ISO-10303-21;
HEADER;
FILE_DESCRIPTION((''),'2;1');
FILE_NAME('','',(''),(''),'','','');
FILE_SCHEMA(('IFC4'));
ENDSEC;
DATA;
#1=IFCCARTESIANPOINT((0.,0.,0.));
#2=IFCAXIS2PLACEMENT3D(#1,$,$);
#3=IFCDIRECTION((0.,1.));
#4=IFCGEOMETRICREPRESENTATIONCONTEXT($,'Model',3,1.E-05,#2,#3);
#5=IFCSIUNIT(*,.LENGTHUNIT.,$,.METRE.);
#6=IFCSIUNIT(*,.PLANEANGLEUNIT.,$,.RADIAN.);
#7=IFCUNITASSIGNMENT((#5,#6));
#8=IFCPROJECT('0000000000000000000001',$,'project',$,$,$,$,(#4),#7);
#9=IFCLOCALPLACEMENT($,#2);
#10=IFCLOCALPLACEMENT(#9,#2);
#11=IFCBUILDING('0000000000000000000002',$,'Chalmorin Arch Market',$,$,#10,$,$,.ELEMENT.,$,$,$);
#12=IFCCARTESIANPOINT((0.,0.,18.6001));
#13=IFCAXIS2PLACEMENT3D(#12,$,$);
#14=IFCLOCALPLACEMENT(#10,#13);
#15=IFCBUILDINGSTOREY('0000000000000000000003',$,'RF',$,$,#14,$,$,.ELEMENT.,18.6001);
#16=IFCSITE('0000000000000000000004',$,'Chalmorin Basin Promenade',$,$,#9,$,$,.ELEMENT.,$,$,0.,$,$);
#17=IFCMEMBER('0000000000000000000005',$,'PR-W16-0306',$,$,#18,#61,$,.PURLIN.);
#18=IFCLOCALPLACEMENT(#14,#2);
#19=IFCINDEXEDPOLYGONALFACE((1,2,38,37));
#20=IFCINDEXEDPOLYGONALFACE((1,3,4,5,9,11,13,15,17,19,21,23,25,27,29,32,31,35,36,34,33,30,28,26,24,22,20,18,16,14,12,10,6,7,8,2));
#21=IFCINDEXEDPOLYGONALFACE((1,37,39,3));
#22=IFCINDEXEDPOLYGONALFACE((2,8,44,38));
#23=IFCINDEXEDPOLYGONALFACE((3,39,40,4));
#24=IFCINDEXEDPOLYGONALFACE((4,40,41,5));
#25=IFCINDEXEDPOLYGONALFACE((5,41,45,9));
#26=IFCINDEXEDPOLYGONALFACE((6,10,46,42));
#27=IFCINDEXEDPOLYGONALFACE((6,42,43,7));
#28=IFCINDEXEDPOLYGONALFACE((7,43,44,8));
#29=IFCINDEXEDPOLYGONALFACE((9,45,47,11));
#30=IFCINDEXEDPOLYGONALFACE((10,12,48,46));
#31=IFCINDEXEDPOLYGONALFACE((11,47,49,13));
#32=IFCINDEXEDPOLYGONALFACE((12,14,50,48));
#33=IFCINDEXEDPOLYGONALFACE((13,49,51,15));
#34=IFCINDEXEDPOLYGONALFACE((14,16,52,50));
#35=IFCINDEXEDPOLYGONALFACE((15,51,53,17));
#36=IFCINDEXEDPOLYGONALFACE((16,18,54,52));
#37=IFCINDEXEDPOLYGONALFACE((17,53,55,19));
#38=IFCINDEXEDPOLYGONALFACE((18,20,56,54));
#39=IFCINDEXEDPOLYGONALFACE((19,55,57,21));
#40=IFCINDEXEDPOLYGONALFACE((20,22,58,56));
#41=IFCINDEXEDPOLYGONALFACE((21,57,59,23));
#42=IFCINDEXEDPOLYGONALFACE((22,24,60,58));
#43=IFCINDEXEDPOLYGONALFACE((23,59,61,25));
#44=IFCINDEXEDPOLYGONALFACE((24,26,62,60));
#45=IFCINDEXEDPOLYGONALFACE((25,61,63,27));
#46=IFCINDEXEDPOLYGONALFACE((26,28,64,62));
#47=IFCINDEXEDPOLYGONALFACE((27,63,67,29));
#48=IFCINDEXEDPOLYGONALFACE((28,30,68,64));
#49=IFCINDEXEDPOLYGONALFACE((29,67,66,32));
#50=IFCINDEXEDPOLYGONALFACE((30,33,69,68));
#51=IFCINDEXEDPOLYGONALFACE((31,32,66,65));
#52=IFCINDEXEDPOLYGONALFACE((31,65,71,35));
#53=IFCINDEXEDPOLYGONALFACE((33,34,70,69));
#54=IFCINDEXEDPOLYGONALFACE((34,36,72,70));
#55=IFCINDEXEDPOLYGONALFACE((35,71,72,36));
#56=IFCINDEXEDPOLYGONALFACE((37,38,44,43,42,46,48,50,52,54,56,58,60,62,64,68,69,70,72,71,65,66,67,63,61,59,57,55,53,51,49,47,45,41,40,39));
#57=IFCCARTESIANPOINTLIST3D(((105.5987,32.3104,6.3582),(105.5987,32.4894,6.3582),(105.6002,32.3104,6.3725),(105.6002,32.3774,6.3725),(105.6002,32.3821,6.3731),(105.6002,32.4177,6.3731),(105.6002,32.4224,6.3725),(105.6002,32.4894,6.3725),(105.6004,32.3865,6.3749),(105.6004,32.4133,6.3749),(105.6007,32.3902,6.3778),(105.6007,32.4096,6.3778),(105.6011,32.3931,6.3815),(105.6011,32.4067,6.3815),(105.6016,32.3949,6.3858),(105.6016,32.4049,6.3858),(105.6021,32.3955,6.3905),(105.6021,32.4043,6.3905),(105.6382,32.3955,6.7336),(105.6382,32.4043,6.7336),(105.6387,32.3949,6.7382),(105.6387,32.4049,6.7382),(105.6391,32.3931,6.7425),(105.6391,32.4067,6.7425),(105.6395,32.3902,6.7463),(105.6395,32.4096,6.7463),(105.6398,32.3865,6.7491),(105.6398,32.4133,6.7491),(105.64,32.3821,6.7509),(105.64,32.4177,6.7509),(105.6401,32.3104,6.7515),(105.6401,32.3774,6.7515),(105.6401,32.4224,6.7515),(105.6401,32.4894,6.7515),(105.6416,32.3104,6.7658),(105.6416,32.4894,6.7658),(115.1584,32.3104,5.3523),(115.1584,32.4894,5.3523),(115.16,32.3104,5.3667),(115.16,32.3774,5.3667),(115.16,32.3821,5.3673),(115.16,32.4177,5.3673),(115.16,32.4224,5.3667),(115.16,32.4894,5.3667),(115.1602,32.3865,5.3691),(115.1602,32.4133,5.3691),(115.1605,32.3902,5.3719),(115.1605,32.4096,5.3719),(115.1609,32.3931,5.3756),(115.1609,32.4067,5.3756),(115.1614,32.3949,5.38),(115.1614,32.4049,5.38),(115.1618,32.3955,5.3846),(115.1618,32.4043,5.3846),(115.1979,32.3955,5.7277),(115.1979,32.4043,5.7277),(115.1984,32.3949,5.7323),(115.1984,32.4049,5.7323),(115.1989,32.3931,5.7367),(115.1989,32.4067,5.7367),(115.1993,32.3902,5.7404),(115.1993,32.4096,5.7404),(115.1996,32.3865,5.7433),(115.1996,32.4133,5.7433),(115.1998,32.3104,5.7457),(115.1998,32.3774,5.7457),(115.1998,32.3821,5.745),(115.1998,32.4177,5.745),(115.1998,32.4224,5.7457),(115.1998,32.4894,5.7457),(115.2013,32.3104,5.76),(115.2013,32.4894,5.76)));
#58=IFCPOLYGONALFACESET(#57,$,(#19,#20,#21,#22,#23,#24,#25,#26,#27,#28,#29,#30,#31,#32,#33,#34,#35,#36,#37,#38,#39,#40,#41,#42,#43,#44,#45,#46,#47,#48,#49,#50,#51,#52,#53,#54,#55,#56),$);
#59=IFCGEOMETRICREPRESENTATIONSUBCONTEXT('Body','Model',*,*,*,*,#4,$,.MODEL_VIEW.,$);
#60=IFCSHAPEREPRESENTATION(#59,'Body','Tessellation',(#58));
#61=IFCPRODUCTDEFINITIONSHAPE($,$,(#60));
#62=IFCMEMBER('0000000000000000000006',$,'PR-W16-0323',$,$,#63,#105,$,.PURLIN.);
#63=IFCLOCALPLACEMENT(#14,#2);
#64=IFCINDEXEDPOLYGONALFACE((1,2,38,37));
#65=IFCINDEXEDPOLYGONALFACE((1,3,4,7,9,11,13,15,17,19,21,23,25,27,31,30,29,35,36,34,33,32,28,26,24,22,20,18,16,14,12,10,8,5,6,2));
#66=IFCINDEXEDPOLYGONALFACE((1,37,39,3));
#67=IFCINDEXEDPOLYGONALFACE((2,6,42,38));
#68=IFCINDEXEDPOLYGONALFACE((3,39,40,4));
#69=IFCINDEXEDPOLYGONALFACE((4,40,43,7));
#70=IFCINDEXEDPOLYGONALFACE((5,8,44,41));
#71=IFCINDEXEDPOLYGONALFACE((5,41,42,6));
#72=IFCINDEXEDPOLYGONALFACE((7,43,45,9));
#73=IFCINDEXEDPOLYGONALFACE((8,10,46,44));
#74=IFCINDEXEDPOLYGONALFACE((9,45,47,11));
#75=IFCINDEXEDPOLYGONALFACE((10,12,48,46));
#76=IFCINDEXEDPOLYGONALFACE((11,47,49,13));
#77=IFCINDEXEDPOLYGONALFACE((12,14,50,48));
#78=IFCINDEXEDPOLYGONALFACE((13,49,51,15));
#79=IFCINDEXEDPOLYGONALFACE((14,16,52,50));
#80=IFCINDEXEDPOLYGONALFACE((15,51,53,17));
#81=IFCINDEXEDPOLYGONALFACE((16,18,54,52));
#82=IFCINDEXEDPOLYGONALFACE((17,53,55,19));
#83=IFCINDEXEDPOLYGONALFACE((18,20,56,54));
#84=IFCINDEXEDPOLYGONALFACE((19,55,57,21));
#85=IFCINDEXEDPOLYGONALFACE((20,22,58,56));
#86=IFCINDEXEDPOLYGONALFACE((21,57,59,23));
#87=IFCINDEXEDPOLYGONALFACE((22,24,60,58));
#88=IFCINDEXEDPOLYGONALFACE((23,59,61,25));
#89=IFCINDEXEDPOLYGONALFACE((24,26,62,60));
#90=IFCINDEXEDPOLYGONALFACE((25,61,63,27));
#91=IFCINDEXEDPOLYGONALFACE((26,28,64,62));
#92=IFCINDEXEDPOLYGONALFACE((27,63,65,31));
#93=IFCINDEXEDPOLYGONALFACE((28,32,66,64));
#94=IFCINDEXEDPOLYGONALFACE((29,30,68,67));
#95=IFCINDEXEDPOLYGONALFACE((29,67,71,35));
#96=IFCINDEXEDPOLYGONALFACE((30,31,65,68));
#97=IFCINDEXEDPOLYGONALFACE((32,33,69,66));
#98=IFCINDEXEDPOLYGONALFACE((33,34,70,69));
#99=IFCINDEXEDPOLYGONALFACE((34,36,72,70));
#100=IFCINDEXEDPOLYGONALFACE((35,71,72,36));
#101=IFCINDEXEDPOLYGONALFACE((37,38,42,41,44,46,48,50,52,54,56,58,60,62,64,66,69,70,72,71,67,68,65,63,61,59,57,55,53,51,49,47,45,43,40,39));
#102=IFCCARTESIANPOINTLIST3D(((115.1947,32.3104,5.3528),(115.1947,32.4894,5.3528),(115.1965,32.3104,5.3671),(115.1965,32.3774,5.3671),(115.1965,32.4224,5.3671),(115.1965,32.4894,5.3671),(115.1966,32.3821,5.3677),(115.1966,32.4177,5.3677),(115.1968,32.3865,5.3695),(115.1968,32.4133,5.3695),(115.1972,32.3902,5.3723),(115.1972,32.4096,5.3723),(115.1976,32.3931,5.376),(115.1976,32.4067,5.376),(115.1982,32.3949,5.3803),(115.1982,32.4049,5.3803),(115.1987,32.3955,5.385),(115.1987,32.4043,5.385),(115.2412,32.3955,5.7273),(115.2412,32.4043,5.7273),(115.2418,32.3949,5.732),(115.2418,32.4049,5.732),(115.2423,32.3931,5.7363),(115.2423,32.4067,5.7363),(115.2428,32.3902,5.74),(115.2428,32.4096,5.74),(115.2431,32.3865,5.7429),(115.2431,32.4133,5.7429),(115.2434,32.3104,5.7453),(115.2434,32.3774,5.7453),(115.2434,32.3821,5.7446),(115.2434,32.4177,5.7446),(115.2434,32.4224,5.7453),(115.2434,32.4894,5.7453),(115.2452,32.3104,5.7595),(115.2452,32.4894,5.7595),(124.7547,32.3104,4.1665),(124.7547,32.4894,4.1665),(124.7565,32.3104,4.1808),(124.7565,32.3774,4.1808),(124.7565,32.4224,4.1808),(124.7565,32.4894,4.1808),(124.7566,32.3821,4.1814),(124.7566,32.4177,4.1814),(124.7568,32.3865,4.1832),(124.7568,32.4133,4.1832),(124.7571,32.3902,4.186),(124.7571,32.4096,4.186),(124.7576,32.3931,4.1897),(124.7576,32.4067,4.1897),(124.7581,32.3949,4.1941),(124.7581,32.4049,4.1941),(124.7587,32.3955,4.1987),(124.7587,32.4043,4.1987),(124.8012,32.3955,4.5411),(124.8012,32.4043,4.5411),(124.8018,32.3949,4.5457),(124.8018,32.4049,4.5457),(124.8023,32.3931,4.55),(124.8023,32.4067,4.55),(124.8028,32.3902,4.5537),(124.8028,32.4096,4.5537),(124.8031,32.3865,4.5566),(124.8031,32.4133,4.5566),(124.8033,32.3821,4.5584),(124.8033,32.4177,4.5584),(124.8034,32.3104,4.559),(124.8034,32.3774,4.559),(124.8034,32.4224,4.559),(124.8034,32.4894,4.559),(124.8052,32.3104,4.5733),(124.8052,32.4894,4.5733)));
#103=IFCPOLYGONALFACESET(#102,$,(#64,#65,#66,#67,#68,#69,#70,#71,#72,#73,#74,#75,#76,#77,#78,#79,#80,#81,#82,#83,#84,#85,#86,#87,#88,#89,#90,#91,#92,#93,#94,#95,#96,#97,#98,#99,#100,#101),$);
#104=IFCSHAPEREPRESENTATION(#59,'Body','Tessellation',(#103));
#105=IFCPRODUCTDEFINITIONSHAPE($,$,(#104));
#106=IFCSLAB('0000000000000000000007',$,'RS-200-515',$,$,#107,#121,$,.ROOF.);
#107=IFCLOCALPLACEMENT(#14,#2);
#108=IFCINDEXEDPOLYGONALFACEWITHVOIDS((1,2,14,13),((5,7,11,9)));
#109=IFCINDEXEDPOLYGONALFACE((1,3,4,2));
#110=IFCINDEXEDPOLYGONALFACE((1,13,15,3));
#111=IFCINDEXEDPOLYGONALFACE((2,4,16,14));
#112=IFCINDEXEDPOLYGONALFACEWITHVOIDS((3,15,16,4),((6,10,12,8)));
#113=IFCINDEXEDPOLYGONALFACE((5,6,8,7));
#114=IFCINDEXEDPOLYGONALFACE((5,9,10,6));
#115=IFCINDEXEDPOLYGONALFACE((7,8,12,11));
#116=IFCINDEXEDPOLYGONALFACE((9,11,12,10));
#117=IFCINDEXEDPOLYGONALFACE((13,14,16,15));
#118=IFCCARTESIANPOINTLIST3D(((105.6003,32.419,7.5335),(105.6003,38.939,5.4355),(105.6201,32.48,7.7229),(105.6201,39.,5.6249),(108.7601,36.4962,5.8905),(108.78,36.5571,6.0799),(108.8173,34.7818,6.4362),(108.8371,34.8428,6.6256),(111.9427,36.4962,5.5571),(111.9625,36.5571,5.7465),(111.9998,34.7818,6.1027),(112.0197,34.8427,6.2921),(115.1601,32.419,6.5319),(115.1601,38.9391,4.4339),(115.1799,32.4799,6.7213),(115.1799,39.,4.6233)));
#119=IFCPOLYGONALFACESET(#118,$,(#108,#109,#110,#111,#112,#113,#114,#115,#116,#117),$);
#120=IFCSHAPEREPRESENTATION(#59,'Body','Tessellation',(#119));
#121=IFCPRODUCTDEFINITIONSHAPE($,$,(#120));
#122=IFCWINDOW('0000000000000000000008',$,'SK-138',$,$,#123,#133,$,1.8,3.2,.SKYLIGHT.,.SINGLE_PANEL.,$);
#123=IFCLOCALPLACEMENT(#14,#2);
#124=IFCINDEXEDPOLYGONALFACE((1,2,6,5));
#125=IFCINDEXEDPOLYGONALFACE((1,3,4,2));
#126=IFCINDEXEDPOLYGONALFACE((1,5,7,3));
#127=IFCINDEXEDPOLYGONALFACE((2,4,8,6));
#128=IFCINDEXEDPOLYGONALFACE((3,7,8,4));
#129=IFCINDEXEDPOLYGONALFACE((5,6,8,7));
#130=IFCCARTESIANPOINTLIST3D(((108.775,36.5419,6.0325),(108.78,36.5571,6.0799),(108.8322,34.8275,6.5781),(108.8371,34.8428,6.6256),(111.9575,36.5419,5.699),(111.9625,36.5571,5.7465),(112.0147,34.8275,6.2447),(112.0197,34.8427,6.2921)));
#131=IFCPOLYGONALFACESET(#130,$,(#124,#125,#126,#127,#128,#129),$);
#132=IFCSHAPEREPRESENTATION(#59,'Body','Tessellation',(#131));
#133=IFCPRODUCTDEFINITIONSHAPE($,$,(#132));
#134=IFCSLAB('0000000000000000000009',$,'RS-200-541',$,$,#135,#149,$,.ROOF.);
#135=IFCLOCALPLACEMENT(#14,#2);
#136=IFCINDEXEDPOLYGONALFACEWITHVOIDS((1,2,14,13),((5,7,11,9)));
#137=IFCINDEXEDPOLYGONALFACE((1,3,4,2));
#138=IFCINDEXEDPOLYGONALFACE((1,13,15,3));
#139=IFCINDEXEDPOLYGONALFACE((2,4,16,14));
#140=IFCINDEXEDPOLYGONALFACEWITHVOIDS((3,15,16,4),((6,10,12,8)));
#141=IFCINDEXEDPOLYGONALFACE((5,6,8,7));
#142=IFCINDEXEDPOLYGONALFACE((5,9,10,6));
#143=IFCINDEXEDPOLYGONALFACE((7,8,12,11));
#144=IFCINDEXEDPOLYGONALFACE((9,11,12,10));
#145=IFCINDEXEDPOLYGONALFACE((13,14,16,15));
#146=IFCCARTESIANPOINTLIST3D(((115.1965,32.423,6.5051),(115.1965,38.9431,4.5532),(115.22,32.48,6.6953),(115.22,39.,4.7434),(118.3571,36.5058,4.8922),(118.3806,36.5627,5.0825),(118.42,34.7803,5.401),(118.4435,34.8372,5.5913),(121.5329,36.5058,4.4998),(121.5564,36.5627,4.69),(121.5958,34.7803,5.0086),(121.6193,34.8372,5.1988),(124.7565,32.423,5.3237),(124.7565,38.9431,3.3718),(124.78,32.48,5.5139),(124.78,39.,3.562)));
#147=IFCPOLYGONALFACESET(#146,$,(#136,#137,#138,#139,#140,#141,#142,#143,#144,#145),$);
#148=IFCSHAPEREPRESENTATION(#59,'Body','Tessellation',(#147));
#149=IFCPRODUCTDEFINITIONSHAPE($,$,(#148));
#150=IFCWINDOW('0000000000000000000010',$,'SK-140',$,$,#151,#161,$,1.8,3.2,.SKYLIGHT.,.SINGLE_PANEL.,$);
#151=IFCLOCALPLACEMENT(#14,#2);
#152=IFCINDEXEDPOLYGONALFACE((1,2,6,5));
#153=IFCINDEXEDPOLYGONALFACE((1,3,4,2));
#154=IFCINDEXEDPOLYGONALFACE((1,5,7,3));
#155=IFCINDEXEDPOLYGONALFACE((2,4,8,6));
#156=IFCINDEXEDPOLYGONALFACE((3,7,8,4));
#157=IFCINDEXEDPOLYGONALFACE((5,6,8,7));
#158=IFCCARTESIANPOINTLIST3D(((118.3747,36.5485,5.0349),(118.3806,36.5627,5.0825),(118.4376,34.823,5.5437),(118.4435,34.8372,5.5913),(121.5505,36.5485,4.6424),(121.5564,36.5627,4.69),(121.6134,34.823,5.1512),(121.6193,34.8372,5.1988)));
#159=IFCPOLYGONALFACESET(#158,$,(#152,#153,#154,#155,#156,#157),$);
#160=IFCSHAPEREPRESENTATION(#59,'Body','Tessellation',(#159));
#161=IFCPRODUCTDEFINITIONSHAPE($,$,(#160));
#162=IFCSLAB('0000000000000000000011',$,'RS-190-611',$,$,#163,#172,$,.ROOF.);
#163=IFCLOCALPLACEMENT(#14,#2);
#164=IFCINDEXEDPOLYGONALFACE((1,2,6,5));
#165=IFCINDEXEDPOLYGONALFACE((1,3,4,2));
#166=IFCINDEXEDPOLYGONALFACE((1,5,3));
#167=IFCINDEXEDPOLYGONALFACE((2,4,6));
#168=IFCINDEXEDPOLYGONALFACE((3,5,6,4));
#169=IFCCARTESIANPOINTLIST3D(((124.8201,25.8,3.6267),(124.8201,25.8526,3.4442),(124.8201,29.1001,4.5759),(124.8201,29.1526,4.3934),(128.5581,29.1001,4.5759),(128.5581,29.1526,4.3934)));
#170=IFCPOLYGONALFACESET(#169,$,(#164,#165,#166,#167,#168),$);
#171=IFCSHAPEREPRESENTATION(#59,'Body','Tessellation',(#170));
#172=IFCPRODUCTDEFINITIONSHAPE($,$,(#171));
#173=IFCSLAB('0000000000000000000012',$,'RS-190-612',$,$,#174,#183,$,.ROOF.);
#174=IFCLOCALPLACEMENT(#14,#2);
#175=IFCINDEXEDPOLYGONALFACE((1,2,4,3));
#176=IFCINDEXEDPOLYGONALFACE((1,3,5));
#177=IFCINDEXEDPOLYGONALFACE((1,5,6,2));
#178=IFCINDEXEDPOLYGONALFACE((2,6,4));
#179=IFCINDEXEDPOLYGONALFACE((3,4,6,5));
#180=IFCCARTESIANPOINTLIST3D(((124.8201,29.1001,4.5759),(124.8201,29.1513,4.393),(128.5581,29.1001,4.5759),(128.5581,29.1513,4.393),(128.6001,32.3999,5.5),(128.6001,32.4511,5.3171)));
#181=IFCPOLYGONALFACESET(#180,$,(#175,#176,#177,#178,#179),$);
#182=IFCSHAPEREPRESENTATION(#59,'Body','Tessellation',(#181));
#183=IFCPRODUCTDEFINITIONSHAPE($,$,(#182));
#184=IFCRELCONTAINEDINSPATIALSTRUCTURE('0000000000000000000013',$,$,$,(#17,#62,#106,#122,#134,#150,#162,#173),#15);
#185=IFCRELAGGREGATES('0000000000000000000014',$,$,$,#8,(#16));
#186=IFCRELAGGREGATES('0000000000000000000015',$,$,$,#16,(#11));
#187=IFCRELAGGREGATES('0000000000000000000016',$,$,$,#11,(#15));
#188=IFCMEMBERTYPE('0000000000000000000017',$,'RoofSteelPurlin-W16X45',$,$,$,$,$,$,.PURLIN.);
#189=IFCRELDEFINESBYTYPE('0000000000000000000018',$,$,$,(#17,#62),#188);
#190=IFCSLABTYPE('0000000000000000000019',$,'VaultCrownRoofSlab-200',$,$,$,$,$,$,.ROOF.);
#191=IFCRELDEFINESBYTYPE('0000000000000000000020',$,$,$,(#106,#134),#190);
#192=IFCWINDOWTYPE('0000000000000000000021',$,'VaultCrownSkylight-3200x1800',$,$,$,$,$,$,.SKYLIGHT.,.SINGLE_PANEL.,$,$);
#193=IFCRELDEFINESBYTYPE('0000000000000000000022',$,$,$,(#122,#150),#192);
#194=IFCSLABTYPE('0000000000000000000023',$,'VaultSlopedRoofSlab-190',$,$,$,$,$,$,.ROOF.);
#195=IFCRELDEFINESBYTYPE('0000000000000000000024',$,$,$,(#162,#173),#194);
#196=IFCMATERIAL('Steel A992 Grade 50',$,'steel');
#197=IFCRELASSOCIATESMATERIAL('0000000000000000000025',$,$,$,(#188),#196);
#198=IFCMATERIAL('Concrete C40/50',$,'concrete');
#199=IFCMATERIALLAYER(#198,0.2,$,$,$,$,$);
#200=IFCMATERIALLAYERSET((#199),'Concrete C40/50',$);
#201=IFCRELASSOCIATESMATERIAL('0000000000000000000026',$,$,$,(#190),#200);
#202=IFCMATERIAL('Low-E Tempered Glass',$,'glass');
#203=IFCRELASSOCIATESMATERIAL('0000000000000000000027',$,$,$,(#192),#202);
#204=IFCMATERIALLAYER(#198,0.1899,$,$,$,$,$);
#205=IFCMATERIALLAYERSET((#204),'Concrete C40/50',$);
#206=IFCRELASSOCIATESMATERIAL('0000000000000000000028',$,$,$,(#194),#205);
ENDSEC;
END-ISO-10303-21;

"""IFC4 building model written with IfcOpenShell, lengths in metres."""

from ifc_helpers import new_model, si_unit, direction, frame, origin, origin_2d, place, context, subcontext, project, spatial, polyline, rectangle, i_section, outline, extrude, material, layer, layer_set, material_profile, profile_set, type_object, element, fill, save


model = new_model("IFC4")

# Units and contexts
model_context = context("Model", 3, precision=1e-05, world=origin(), true_north=direction((0.0, 1.0)))
body_context = subcontext(model_context, "Body", "Model", "MODEL_VIEW")
ifc_project = project(units=[si_unit("LENGTHUNIT", "METRE"), si_unit("PLANEANGLEUNIT", "RADIAN")], contexts=[model_context])

# Site, building, storey
site_placement = place(None, origin())
site = spatial("IfcSite", under=ifc_project, at=site_placement, Name="Chalmorin Basin Promenade", CompositionType="ELEMENT", RefElevation=0.0)
building_placement = place(site_placement, origin())
building = spatial("IfcBuilding", under=site, at=building_placement, Name="Chalmorin Arch Market", CompositionType="ELEMENT")
storey_placement = place(building_placement, frame((0.0, 0.0, 18.6001)))
storey = spatial("IfcBuildingStorey", under=building, at=storey_placement, Name="RF", CompositionType="ELEMENT", Elevation=18.6001)

# Members
ifc_material_1 = material(Name="Steel A992 Grade 50", Category="steel")
ifc_material_profile_1 = material_profile(ifc_material_1, i_section(OverallWidth=0.179, OverallDepth=0.4099, WebThickness=0.0088, FlangeThickness=0.0144, FilletRadius=0.0181, at=origin_2d()), Name="W16X45")
ifc_profile_set_1 = profile_set([ifc_material_profile_1], Name="Steel A992 Grade 50")
member_type_1 = type_object("IfcMemberType", Name="RoofSteelPurlin-W16X45", PredefinedType="PURLIN", material=ifc_profile_set_1)
member_1_placement = place(storey_placement, frame((105.6201, 32.3999, 6.562), z_axis=(0.99451, 0.0, -0.10464), x_axis=(0.0, 1.0, 0.0)))
element("IfcMember", 1, at=member_1_placement, inside=storey, type_object=member_type_1, Name="PR-W16-0306", PredefinedType="PURLIN", context=body_context, shape_type="SweptSolid", body=[
    extrude(i_section(OverallWidth=0.179, OverallDepth=0.4099, WebThickness=0.0088, FlangeThickness=0.0144, FilletRadius=0.0181, at=origin_2d()), origin(), (0.0, 0.0, 1.0), 9.6125),
])
member_2_placement = place(storey_placement, frame((115.22, 32.3999, 5.5562), z_axis=(0.992389, 0.0, -0.123143), x_axis=(0.0, 1.0, 0.0)))
element("IfcMember", 2, at=member_2_placement, inside=storey, type_object=member_type_1, Name="PR-W16-0323", PredefinedType="PURLIN", context=body_context, shape_type="SweptSolid", body=[
    extrude(i_section(OverallWidth=0.179, OverallDepth=0.4099, WebThickness=0.0088, FlangeThickness=0.0144, FilletRadius=0.0181, at=origin_2d()), origin(), (0.0, 0.0, 1.0), 9.6333),
])

# Slabs, openings, windows
ifc_material_2 = material(Name="Concrete C40/50", Category="concrete")
ifc_layer_1 = layer(ifc_material_2, 0.2)
ifc_layer_set_1 = layer_set([ifc_layer_1], Name="Concrete C40/50")
slab_type_1 = type_object("IfcSlabType", Name="VaultCrownRoofSlab-200", PredefinedType="ROOF", material=ifc_layer_set_1)
slab_1_placement = place(storey_placement, frame((105.6201, 32.48, 7.7229), z_axis=(0.099242, 0.304802, 0.947231), x_axis=(0.994556, -0.000004, -0.104199)))
slab_1 = element("IfcSlab", 3, at=slab_1_placement, inside=storey, type_object=slab_type_1, Name="RS-200-515", PredefinedType="ROOF", context=body_context, shape_type="SweptSolid", body=[
    extrude(outline(polyline([(0.0, 0.0), (9.6121, 0.0), (9.8307, 6.8458), (0.2186, 6.8457), (0.0, 0.0)])), origin(), (0.0, 0.0, -1.0), 0.2),
])
opening_1_placement = place(slab_1_placement, frame((4.9138, 3.3809, -0.2148)))
opening_1 = element("IfcOpeningElement", 4, at=opening_1_placement, cuts=slab_1, PredefinedType="OPENING", context=body_context, shape_type="SweptSolid", body=[
    extrude(rectangle(XDim=3.2, YDim=1.8, at=origin_2d()), origin(), (0.0, 0.0, 1.0), 0.23),
])
ifc_material_3 = material(Name="Low-E Tempered Glass", Category="glass")
window_type = type_object("IfcWindowType", Name="VaultCrownSkylight-3200x1800", PartitioningType="SINGLE_PANEL", PredefinedType="SKYLIGHT", material=ifc_material_3)
window_1_placement = place(slab_1_placement, frame((4.9138, 3.3809, -0.05)))
window_1 = element("IfcWindow", 5, at=window_1_placement, inside=storey, type_object=window_type, Name="SK-138", OverallHeight=1.8, OverallWidth=3.2, PartitioningType="SINGLE_PANEL", PredefinedType="SKYLIGHT", context=body_context, shape_type="SweptSolid", body=[
    extrude(rectangle(XDim=3.2, YDim=1.8, at=origin_2d()), origin(), (0.0, 0.0, 1.0), 0.05),
])
fill(opening_1, window_1)
slab_2_placement = place(storey_placement, frame((115.22, 32.48, 6.6953), z_axis=(0.117564, 0.284806, 0.951349), x_axis=(0.992451, 0.0, -0.122643)))
slab_2 = element("IfcSlab", 6, at=slab_2_placement, inside=storey, type_object=slab_type_1, Name="RS-200-541", PredefinedType="ROOF", context=body_context, shape_type="SweptSolid", body=[
    extrude(outline(polyline([(0.0, 0.0), (9.6328, 0.0), (9.8722, 6.8017), (0.2394, 6.8017), (0.0, 0.0)])), origin(), (0.0, 0.0, -1.0), 0.2),
])
opening_2_placement = place(slab_2_placement, frame((4.9346, 3.3591, -0.2148)))
opening_2 = element("IfcOpeningElement", 7, at=opening_2_placement, cuts=slab_2, PredefinedType="OPENING", context=body_context, shape_type="SweptSolid", body=[
    extrude(rectangle(XDim=3.2, YDim=1.8, at=origin_2d()), origin(), (0.0, 0.0, 1.0), 0.23),
])
window_2_placement = place(slab_2_placement, frame((4.9346, 3.3591, -0.05)))
window_2 = element("IfcWindow", 8, at=window_2_placement, inside=storey, type_object=window_type, Name="SK-140", OverallHeight=1.8, OverallWidth=3.2, PartitioningType="SINGLE_PANEL", PredefinedType="SKYLIGHT", context=body_context, shape_type="SweptSolid", body=[
    extrude(rectangle(XDim=3.2, YDim=1.8, at=origin_2d()), origin(), (0.0, 0.0, 1.0), 0.05),
])
fill(opening_2, window_2)

# Slabs
ifc_layer_2 = layer(ifc_material_2, 0.1899)
ifc_layer_set_2 = layer_set([ifc_layer_2], Name="Concrete C40/50")
slab_type_2 = type_object("IfcSlabType", Name="VaultSlopedRoofSlab-190", PredefinedType="ROOF", material=ifc_layer_set_2)
slab_3_placement = place(storey_placement, frame((124.8201, 25.8, 3.6267), z_axis=(0.0, -0.27643, 0.961034), x_axis=(0.736436, 0.650147, 0.187007)))
element("IfcSlab", 9, at=slab_3_placement, inside=storey, type_object=slab_type_2, Name="RS-190-611", PredefinedType="ROOF", context=body_context, shape_type="SweptSolid", body=[
    extrude(outline(polyline([(0.0, 0.0), (5.0759, 0.0), (2.323, 2.5288), (0.0, 0.0)])), origin(), (0.0, 0.0, -1.0), 0.1899),
])
slab_4_placement = place(storey_placement, frame((124.8201, 29.1001, 4.5759), z_axis=(0.0, -0.269664, 0.962954), x_axis=(1.0, 0.0, 0.0)))
element("IfcSlab", 10, at=slab_4_placement, inside=storey, type_object=slab_type_2, Name="RS-190-612", PredefinedType="ROOF", context=body_context, shape_type="SweptSolid", body=[
    extrude(outline(polyline([(0.0, 0.0), (3.738, 0.0), (3.78, 3.4268), (0.0, 0.0)])), origin(), (0.0, 0.0, -1.0), 0.1899),
])

save(model, "model.ifc")
